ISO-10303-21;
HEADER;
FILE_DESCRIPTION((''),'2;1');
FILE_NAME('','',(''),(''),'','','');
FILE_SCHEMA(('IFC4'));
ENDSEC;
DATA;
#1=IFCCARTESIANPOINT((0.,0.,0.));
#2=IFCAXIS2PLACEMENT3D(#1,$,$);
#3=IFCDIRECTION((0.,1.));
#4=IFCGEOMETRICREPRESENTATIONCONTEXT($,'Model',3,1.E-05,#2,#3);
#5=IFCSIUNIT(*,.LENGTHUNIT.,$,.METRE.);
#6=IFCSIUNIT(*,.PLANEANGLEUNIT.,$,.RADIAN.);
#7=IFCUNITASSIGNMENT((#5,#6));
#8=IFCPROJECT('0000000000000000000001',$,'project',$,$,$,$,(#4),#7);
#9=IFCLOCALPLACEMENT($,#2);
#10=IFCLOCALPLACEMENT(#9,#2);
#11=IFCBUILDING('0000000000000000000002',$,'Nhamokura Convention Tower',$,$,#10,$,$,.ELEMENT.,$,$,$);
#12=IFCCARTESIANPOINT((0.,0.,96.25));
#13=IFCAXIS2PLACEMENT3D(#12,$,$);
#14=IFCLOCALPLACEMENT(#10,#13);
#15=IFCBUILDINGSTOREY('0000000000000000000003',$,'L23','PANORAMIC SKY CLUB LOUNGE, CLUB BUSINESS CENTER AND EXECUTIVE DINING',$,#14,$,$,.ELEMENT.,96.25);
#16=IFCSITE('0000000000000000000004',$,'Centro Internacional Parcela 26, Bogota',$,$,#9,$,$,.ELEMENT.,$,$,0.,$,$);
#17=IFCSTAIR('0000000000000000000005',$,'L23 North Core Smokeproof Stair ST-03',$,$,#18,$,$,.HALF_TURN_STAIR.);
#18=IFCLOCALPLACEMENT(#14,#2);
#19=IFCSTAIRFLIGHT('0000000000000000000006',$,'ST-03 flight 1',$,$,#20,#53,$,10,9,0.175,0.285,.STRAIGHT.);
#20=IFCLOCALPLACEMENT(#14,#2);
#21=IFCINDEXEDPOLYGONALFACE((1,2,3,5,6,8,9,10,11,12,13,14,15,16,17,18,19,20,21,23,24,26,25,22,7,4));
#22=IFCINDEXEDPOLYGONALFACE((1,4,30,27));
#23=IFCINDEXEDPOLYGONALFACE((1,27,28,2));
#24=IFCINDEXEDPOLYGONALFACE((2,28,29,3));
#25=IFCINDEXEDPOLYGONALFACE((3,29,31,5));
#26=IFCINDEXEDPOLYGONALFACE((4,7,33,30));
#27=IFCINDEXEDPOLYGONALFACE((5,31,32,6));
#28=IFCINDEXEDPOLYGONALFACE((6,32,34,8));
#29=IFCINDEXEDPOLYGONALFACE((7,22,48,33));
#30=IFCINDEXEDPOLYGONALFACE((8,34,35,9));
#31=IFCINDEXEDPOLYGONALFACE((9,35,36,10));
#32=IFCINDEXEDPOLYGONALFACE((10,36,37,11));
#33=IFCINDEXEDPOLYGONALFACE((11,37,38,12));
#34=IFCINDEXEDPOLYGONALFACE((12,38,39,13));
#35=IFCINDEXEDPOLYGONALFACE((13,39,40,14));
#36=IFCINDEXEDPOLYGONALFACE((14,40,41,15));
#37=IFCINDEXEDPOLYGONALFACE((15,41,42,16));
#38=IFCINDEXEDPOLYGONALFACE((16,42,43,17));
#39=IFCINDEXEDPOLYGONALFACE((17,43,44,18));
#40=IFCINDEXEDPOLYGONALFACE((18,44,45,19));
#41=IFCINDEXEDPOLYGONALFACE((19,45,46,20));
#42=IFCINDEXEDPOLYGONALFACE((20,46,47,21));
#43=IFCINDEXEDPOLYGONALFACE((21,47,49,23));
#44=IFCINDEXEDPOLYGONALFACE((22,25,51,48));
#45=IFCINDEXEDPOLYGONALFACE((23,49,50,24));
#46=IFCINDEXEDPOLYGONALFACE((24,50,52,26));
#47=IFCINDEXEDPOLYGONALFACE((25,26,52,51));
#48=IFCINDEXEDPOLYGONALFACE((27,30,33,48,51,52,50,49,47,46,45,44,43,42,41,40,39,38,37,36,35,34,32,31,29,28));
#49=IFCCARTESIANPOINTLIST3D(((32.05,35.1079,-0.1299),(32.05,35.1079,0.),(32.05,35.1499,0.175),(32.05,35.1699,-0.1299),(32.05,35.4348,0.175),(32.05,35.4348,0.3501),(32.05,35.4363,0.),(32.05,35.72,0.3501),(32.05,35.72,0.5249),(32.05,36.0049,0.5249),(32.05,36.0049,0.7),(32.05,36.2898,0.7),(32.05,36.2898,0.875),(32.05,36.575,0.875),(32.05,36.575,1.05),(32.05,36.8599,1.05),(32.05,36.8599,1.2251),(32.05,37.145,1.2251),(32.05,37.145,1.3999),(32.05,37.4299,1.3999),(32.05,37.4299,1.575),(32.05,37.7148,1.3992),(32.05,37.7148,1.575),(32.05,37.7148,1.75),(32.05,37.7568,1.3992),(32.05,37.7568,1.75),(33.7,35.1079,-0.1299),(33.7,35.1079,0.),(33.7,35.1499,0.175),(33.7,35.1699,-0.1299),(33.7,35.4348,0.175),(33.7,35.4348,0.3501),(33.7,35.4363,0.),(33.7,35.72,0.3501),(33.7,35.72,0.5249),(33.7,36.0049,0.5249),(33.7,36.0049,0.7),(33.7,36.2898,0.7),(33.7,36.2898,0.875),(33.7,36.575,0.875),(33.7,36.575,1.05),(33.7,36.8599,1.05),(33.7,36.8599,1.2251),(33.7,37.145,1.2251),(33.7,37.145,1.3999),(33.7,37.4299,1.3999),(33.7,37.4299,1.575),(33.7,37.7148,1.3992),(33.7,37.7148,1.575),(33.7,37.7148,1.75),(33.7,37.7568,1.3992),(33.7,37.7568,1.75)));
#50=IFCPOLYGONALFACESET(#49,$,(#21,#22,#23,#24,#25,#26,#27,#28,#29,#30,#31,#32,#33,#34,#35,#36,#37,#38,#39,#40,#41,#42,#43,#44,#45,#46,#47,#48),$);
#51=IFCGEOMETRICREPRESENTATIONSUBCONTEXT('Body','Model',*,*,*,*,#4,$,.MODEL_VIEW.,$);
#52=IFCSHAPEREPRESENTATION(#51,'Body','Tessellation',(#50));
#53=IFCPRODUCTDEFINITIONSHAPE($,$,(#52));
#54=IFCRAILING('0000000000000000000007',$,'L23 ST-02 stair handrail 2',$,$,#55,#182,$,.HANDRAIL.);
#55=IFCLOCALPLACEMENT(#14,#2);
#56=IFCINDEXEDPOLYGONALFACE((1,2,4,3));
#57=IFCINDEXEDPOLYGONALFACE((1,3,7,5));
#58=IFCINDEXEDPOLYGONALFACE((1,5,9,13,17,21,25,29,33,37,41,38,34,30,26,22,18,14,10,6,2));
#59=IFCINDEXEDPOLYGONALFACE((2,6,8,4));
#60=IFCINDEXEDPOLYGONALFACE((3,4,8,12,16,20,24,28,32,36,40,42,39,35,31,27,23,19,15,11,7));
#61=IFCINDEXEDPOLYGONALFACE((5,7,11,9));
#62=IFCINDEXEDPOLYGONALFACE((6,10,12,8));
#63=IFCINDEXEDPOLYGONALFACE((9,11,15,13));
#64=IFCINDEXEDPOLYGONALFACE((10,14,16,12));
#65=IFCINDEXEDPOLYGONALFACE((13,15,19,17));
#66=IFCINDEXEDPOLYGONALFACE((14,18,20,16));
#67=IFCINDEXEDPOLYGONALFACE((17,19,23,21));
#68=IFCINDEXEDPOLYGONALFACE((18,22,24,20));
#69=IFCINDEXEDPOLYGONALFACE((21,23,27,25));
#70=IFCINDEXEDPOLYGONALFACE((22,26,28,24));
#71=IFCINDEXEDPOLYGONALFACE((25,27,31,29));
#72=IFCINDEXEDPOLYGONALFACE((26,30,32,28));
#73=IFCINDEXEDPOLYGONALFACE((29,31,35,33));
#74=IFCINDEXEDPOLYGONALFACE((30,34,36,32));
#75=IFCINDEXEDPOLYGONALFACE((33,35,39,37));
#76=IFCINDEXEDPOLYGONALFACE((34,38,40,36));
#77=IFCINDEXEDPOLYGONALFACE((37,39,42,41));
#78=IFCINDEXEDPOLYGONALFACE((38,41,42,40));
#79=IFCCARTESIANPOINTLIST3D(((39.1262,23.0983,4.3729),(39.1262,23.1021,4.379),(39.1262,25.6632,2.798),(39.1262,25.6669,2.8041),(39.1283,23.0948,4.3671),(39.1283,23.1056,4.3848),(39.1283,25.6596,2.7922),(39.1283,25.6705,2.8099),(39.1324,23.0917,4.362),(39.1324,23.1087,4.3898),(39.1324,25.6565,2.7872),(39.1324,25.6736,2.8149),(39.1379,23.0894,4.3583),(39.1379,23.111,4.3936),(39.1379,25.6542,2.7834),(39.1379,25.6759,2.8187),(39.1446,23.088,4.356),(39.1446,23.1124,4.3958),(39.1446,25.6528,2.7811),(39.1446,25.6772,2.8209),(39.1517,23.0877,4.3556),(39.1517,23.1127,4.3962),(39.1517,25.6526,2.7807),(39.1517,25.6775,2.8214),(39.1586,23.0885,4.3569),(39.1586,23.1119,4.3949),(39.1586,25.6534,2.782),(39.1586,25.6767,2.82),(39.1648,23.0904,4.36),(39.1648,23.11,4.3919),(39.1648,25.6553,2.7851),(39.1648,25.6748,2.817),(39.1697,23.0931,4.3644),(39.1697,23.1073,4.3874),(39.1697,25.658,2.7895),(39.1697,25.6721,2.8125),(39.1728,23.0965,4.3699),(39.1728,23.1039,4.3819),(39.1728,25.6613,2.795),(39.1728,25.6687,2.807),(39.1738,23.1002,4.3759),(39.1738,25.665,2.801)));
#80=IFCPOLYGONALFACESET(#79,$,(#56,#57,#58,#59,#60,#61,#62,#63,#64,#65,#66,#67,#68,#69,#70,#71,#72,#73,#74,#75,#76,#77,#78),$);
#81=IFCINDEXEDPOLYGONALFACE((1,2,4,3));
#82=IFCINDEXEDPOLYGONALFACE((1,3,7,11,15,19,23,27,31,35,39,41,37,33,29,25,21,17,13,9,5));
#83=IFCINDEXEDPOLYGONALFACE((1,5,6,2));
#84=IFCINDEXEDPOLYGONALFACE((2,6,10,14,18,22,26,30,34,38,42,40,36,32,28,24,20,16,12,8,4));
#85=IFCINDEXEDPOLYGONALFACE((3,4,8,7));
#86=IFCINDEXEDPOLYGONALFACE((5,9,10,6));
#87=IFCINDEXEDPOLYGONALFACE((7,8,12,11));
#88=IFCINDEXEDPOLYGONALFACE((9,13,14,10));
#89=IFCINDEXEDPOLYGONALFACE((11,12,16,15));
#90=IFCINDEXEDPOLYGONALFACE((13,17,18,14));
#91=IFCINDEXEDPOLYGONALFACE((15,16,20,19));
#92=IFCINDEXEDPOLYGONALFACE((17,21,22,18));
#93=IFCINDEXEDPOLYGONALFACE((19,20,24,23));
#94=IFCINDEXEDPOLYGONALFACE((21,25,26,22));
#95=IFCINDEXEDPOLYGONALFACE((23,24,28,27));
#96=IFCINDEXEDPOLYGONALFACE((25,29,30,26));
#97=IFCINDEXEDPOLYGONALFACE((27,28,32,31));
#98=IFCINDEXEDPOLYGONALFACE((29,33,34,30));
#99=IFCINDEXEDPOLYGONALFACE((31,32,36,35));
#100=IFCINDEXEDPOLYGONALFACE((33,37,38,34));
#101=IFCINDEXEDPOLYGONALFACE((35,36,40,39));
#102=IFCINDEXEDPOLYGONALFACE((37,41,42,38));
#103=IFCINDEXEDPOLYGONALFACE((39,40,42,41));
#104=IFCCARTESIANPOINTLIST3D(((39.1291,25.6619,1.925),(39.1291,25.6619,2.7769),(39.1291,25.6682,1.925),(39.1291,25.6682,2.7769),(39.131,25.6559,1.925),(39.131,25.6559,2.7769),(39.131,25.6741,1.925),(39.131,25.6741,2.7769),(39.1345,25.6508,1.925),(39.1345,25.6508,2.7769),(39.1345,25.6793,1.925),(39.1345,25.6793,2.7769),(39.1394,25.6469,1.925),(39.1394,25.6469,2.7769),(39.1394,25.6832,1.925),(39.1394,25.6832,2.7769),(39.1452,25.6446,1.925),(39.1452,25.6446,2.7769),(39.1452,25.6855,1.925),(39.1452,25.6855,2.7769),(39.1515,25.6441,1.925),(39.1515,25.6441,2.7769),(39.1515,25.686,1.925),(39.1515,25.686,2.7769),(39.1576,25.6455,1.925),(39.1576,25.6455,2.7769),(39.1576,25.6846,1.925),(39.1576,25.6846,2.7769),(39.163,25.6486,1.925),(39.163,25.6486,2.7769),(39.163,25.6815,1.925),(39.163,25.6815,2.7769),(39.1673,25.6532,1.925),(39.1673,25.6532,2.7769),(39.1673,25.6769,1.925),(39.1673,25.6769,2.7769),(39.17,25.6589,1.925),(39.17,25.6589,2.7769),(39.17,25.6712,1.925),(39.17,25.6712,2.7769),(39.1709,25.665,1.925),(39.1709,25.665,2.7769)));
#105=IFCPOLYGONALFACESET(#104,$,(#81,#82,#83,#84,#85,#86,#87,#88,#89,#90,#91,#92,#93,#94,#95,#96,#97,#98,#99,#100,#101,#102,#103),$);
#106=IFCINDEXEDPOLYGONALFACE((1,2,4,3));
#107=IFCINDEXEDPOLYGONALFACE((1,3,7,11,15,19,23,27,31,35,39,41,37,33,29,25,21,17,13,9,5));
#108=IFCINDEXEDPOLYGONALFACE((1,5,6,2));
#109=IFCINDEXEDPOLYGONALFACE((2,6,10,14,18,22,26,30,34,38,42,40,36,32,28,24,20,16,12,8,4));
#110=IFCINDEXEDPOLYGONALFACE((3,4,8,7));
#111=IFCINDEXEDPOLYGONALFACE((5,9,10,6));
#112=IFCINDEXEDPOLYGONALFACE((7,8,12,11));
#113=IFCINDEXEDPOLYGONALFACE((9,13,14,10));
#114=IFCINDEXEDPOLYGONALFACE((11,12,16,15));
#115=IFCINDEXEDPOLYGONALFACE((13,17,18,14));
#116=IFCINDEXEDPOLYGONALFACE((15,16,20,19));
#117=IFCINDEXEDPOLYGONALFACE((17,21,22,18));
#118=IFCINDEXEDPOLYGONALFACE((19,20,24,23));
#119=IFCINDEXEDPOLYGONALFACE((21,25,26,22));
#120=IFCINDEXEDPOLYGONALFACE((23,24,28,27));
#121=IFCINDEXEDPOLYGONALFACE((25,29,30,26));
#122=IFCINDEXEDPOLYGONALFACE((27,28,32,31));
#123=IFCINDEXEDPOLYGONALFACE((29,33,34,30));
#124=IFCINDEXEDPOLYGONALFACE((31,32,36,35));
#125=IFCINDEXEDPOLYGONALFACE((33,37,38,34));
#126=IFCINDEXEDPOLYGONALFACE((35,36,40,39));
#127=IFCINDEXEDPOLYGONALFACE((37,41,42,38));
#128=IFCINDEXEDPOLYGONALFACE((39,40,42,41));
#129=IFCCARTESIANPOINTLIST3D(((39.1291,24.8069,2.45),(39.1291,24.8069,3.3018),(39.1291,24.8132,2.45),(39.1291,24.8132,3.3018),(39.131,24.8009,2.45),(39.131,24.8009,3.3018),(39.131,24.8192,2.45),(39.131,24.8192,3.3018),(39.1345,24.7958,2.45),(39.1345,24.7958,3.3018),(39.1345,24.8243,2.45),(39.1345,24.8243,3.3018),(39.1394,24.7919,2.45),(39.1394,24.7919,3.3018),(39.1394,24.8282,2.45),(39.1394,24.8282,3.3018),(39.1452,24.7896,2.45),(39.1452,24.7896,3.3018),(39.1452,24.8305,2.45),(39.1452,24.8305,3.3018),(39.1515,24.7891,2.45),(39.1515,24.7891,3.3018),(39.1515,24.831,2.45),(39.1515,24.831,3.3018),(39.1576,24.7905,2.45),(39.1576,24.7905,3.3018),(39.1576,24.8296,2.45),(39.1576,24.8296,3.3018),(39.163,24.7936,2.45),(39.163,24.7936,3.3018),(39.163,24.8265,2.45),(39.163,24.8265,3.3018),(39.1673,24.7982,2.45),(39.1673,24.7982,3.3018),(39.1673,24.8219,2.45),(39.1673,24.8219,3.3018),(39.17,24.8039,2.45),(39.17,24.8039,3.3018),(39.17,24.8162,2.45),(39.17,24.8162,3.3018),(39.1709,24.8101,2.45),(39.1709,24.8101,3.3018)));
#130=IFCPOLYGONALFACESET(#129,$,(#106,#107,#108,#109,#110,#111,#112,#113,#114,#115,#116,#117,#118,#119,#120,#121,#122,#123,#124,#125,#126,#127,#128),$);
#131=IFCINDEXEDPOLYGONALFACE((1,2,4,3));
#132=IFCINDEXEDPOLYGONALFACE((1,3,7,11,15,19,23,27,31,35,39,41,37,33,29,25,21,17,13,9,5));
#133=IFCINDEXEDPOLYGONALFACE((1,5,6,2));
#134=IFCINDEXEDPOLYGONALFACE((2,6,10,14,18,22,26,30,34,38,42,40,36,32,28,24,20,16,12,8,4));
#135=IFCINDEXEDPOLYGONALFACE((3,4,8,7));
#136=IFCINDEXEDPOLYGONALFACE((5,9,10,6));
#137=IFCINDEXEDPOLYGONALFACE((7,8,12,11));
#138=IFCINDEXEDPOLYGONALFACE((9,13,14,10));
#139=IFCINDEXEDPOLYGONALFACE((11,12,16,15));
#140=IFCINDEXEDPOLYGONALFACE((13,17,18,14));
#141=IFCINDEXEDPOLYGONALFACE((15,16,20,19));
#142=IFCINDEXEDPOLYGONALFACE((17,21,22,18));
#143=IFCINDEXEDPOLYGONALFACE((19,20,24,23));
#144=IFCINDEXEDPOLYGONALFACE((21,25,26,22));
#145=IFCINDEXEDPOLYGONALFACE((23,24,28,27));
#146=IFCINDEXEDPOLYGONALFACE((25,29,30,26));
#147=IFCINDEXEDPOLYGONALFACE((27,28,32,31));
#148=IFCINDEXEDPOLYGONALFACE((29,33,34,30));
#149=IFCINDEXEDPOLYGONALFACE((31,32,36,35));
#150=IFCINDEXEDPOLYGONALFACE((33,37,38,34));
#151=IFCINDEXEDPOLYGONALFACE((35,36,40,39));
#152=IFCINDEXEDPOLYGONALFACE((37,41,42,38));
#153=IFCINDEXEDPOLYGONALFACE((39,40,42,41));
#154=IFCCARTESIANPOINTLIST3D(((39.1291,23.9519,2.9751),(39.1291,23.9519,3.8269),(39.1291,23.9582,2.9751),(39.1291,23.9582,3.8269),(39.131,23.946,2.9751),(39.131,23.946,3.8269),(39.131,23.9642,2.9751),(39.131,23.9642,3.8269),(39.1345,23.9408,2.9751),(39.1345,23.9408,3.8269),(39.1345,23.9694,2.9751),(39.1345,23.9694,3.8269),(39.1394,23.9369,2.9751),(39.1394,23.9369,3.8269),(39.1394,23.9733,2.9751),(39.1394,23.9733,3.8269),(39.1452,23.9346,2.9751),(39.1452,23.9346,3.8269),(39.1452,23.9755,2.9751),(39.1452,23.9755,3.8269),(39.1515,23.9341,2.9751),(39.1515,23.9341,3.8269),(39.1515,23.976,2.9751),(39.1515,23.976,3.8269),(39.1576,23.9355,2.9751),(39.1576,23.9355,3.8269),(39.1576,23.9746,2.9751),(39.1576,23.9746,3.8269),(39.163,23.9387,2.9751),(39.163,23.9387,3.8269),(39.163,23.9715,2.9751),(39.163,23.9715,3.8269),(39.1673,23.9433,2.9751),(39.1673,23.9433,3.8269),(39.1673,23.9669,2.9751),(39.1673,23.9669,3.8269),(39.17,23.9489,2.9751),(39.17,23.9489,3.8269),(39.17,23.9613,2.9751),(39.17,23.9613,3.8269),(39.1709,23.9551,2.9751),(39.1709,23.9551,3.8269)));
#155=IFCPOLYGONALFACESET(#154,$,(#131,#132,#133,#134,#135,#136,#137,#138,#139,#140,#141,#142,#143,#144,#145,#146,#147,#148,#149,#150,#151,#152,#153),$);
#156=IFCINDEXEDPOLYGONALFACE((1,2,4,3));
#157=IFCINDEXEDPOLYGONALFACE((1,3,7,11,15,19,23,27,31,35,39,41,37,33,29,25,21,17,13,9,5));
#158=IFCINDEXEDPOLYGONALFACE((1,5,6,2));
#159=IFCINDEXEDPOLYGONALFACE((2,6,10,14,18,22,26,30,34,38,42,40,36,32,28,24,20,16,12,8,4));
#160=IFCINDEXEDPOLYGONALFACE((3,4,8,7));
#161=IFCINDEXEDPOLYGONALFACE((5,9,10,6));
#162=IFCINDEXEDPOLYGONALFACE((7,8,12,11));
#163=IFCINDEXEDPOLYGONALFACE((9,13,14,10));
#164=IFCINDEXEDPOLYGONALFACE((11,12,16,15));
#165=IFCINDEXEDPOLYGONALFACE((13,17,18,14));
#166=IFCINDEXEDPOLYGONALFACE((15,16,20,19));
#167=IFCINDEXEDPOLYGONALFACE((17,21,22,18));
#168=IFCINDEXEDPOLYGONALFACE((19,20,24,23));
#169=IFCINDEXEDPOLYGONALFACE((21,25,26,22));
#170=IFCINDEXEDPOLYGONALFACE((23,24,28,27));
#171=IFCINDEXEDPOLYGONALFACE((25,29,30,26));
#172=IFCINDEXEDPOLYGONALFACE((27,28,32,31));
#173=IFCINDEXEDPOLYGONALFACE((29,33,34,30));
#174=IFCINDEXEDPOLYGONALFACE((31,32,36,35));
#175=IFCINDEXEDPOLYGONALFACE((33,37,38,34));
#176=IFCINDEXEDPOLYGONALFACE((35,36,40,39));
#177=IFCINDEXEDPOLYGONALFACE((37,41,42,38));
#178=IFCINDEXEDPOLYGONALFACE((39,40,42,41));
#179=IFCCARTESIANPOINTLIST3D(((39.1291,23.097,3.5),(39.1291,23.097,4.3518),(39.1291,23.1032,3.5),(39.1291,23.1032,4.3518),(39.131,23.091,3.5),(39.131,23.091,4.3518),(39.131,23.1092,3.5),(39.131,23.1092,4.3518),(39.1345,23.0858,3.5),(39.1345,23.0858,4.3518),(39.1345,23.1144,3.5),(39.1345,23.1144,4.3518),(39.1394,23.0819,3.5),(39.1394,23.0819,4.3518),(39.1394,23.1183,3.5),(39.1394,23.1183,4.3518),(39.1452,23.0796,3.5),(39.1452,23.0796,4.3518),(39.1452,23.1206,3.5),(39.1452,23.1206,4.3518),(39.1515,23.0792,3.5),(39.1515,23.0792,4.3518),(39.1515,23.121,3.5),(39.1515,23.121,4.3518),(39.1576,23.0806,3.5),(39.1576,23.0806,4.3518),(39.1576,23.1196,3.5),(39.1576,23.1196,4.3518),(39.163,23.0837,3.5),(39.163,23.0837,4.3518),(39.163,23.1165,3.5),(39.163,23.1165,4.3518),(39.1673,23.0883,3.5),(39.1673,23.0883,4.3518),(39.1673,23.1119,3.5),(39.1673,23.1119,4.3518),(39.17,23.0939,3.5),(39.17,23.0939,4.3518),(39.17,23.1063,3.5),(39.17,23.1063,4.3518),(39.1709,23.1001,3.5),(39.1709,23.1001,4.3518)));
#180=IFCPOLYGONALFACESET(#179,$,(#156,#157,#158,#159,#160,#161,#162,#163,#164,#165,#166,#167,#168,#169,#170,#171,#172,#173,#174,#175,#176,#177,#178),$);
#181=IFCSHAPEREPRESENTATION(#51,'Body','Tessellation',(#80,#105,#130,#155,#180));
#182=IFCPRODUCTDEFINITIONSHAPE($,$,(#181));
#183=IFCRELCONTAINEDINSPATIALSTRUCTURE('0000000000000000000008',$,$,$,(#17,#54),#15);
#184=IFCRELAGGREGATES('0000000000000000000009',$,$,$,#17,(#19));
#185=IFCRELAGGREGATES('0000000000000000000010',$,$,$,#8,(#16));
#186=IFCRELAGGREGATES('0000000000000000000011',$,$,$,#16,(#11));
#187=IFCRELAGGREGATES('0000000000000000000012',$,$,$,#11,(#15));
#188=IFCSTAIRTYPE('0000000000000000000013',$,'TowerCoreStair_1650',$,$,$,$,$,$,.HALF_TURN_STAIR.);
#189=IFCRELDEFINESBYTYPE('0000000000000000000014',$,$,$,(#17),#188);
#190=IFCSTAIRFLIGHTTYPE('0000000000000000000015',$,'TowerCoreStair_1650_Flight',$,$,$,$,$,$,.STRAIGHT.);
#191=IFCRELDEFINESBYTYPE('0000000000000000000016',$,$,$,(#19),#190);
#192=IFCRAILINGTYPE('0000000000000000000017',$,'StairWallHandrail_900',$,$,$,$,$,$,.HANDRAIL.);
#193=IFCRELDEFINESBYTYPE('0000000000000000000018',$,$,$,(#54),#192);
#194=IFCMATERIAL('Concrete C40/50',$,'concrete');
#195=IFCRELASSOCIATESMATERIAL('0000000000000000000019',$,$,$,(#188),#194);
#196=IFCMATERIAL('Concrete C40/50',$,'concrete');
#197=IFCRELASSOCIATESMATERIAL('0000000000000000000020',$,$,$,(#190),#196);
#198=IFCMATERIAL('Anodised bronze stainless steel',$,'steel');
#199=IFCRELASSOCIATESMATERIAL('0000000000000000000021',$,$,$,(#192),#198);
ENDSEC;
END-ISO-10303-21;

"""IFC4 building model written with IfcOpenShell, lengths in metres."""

from ifc_helpers import new_model, si_unit, direction, frame, origin, origin_2d, place, context, subcontext, project, spatial, polyline, circle, outline, extrude, material, type_object, element, aggregate, save


model = new_model("IFC4")

# Units and contexts
model_context = context("Model", 3, precision=1e-05, world=origin(), true_north=direction((0.0, 1.0)))
body_context = subcontext(model_context, "Body", "Model", "MODEL_VIEW")
ifc_project = project(units=[si_unit("LENGTHUNIT", "METRE"), si_unit("PLANEANGLEUNIT", "RADIAN")], contexts=[model_context])

# Site, building, storey
site_placement = place(None, origin())
site = spatial("IfcSite", under=ifc_project, at=site_placement, Name="Centro Internacional Parcela 26, Bogota", CompositionType="ELEMENT", RefElevation=0.0)
building_placement = place(site_placement, origin())
building = spatial("IfcBuilding", under=site, at=building_placement, Name="Nhamokura Convention Tower", CompositionType="ELEMENT")
storey_placement = place(building_placement, frame((0.0, 0.0, 96.25)))
storey = spatial("IfcBuildingStorey", under=building, at=storey_placement, Name="L23", Description="PANORAMIC SKY CLUB LOUNGE, CLUB BUSINESS CENTER AND EXECUTIVE DINING", CompositionType="ELEMENT", Elevation=96.25)

# Stair, stair flight
ifc_material_1 = material(Name="Concrete C40/50", Category="concrete")
stair_type = type_object("IfcStairType", Name="TowerCoreStair_1650", PredefinedType="HALF_TURN_STAIR", material=ifc_material_1)
stair_placement = place(storey_placement, origin())
stair = element("IfcStair", 1, at=stair_placement, inside=storey, type_object=stair_type, Name="L23 North Core Smokeproof Stair ST-03", PredefinedType="HALF_TURN_STAIR")
ifc_material_2 = material(Name="Concrete C40/50", Category="concrete")
stair_flight_type = type_object("IfcStairFlightType", Name="TowerCoreStair_1650_Flight", PredefinedType="STRAIGHT", material=ifc_material_2)
stair_flight_placement = place(storey_placement, frame((32.875, 35.1499, 0.0), z_axis=(0.0, 0.0, 1.0), x_axis=(0.0, 1.0, 0.0)))
stair_flight = element("IfcStairFlight", 2, at=stair_flight_placement, type_object=stair_flight_type, Name="ST-03 flight 1", NumberOfRisers=10, NumberOfTreads=9, PredefinedType="STRAIGHT", RiserHeight=0.175, TreadLength=0.285, context=body_context, shape_type="SweptSolid", body=[
    extrude(outline(polyline([(-0.042, 0.0), (0.0, 0.175), (0.2849, 0.175), (0.2849, 0.3501), (0.5701, 0.3501), (0.5701, 0.5249), (0.855, 0.5249), (0.855, 0.7), (1.1399, 0.7), (1.1399, 0.875), (1.425, 0.875), (1.425, 1.05), (1.71, 1.05), (1.71, 1.2251), (1.9951, 1.2251), (1.9951, 1.3999), (2.28, 1.3999), (2.28, 1.575), (2.5649, 1.575), (2.5649, 1.75), (2.6069, 1.75), (2.6069, 1.3992), (2.5649, 1.3992), (0.2864, 0.0), (0.02, -0.1299), (-0.042, -0.1299), (-0.042, 0.0)])), frame((0.0, 0.825, 0.0), z_axis=(0.0, -1.0, 0.0), x_axis=(1.0, 0.0, 0.0)), (0.0, 0.0, 1.0), 1.6499),
])
aggregate(stair, [stair_flight])

# Railing
ifc_material_3 = material(Name="Anodised bronze stainless steel", Category="steel")
railing_type_1 = type_object("IfcRailingType", Name="StairWallHandrail_900", PredefinedType="HANDRAIL", material=ifc_material_3)
railing_1_placement = place(storey_placement, frame((39.1499, 25.665, 1.925)))
element("IfcRailing", 3, at=railing_1_placement, inside=storey, type_object=railing_type_1, Name="L23 ST-02 stair handrail 2", PredefinedType="HANDRAIL", context=body_context, shape_type="SweptSolid", body=[
    extrude(circle(Radius=0.0239, at=origin_2d()), frame((0.0, 0.0, 0.876), z_axis=(0.0, -0.852173, 0.52326), x_axis=(1.0, 0.0, 0.0)), (0.0, 0.0, 1.0), 3.0098),
    extrude(circle(Radius=0.021, at=origin_2d()), origin(), (0.0, 0.0, 1.0), 0.8518),
    extrude(circle(Radius=0.021, at=origin_2d()), frame((0.0, -0.855, 0.5249)), (0.0, 0.0, 1.0), 0.8518),
    extrude(circle(Radius=0.021, at=origin_2d()), frame((0.0, -1.71, 1.05)), (0.0, 0.0, 1.0), 0.8518),
    extrude(circle(Radius=0.021, at=origin_2d()), frame((0.0, -2.5649, 1.575)), (0.0, 0.0, 1.0), 0.8518),
])

save(model, "model.ifc")
